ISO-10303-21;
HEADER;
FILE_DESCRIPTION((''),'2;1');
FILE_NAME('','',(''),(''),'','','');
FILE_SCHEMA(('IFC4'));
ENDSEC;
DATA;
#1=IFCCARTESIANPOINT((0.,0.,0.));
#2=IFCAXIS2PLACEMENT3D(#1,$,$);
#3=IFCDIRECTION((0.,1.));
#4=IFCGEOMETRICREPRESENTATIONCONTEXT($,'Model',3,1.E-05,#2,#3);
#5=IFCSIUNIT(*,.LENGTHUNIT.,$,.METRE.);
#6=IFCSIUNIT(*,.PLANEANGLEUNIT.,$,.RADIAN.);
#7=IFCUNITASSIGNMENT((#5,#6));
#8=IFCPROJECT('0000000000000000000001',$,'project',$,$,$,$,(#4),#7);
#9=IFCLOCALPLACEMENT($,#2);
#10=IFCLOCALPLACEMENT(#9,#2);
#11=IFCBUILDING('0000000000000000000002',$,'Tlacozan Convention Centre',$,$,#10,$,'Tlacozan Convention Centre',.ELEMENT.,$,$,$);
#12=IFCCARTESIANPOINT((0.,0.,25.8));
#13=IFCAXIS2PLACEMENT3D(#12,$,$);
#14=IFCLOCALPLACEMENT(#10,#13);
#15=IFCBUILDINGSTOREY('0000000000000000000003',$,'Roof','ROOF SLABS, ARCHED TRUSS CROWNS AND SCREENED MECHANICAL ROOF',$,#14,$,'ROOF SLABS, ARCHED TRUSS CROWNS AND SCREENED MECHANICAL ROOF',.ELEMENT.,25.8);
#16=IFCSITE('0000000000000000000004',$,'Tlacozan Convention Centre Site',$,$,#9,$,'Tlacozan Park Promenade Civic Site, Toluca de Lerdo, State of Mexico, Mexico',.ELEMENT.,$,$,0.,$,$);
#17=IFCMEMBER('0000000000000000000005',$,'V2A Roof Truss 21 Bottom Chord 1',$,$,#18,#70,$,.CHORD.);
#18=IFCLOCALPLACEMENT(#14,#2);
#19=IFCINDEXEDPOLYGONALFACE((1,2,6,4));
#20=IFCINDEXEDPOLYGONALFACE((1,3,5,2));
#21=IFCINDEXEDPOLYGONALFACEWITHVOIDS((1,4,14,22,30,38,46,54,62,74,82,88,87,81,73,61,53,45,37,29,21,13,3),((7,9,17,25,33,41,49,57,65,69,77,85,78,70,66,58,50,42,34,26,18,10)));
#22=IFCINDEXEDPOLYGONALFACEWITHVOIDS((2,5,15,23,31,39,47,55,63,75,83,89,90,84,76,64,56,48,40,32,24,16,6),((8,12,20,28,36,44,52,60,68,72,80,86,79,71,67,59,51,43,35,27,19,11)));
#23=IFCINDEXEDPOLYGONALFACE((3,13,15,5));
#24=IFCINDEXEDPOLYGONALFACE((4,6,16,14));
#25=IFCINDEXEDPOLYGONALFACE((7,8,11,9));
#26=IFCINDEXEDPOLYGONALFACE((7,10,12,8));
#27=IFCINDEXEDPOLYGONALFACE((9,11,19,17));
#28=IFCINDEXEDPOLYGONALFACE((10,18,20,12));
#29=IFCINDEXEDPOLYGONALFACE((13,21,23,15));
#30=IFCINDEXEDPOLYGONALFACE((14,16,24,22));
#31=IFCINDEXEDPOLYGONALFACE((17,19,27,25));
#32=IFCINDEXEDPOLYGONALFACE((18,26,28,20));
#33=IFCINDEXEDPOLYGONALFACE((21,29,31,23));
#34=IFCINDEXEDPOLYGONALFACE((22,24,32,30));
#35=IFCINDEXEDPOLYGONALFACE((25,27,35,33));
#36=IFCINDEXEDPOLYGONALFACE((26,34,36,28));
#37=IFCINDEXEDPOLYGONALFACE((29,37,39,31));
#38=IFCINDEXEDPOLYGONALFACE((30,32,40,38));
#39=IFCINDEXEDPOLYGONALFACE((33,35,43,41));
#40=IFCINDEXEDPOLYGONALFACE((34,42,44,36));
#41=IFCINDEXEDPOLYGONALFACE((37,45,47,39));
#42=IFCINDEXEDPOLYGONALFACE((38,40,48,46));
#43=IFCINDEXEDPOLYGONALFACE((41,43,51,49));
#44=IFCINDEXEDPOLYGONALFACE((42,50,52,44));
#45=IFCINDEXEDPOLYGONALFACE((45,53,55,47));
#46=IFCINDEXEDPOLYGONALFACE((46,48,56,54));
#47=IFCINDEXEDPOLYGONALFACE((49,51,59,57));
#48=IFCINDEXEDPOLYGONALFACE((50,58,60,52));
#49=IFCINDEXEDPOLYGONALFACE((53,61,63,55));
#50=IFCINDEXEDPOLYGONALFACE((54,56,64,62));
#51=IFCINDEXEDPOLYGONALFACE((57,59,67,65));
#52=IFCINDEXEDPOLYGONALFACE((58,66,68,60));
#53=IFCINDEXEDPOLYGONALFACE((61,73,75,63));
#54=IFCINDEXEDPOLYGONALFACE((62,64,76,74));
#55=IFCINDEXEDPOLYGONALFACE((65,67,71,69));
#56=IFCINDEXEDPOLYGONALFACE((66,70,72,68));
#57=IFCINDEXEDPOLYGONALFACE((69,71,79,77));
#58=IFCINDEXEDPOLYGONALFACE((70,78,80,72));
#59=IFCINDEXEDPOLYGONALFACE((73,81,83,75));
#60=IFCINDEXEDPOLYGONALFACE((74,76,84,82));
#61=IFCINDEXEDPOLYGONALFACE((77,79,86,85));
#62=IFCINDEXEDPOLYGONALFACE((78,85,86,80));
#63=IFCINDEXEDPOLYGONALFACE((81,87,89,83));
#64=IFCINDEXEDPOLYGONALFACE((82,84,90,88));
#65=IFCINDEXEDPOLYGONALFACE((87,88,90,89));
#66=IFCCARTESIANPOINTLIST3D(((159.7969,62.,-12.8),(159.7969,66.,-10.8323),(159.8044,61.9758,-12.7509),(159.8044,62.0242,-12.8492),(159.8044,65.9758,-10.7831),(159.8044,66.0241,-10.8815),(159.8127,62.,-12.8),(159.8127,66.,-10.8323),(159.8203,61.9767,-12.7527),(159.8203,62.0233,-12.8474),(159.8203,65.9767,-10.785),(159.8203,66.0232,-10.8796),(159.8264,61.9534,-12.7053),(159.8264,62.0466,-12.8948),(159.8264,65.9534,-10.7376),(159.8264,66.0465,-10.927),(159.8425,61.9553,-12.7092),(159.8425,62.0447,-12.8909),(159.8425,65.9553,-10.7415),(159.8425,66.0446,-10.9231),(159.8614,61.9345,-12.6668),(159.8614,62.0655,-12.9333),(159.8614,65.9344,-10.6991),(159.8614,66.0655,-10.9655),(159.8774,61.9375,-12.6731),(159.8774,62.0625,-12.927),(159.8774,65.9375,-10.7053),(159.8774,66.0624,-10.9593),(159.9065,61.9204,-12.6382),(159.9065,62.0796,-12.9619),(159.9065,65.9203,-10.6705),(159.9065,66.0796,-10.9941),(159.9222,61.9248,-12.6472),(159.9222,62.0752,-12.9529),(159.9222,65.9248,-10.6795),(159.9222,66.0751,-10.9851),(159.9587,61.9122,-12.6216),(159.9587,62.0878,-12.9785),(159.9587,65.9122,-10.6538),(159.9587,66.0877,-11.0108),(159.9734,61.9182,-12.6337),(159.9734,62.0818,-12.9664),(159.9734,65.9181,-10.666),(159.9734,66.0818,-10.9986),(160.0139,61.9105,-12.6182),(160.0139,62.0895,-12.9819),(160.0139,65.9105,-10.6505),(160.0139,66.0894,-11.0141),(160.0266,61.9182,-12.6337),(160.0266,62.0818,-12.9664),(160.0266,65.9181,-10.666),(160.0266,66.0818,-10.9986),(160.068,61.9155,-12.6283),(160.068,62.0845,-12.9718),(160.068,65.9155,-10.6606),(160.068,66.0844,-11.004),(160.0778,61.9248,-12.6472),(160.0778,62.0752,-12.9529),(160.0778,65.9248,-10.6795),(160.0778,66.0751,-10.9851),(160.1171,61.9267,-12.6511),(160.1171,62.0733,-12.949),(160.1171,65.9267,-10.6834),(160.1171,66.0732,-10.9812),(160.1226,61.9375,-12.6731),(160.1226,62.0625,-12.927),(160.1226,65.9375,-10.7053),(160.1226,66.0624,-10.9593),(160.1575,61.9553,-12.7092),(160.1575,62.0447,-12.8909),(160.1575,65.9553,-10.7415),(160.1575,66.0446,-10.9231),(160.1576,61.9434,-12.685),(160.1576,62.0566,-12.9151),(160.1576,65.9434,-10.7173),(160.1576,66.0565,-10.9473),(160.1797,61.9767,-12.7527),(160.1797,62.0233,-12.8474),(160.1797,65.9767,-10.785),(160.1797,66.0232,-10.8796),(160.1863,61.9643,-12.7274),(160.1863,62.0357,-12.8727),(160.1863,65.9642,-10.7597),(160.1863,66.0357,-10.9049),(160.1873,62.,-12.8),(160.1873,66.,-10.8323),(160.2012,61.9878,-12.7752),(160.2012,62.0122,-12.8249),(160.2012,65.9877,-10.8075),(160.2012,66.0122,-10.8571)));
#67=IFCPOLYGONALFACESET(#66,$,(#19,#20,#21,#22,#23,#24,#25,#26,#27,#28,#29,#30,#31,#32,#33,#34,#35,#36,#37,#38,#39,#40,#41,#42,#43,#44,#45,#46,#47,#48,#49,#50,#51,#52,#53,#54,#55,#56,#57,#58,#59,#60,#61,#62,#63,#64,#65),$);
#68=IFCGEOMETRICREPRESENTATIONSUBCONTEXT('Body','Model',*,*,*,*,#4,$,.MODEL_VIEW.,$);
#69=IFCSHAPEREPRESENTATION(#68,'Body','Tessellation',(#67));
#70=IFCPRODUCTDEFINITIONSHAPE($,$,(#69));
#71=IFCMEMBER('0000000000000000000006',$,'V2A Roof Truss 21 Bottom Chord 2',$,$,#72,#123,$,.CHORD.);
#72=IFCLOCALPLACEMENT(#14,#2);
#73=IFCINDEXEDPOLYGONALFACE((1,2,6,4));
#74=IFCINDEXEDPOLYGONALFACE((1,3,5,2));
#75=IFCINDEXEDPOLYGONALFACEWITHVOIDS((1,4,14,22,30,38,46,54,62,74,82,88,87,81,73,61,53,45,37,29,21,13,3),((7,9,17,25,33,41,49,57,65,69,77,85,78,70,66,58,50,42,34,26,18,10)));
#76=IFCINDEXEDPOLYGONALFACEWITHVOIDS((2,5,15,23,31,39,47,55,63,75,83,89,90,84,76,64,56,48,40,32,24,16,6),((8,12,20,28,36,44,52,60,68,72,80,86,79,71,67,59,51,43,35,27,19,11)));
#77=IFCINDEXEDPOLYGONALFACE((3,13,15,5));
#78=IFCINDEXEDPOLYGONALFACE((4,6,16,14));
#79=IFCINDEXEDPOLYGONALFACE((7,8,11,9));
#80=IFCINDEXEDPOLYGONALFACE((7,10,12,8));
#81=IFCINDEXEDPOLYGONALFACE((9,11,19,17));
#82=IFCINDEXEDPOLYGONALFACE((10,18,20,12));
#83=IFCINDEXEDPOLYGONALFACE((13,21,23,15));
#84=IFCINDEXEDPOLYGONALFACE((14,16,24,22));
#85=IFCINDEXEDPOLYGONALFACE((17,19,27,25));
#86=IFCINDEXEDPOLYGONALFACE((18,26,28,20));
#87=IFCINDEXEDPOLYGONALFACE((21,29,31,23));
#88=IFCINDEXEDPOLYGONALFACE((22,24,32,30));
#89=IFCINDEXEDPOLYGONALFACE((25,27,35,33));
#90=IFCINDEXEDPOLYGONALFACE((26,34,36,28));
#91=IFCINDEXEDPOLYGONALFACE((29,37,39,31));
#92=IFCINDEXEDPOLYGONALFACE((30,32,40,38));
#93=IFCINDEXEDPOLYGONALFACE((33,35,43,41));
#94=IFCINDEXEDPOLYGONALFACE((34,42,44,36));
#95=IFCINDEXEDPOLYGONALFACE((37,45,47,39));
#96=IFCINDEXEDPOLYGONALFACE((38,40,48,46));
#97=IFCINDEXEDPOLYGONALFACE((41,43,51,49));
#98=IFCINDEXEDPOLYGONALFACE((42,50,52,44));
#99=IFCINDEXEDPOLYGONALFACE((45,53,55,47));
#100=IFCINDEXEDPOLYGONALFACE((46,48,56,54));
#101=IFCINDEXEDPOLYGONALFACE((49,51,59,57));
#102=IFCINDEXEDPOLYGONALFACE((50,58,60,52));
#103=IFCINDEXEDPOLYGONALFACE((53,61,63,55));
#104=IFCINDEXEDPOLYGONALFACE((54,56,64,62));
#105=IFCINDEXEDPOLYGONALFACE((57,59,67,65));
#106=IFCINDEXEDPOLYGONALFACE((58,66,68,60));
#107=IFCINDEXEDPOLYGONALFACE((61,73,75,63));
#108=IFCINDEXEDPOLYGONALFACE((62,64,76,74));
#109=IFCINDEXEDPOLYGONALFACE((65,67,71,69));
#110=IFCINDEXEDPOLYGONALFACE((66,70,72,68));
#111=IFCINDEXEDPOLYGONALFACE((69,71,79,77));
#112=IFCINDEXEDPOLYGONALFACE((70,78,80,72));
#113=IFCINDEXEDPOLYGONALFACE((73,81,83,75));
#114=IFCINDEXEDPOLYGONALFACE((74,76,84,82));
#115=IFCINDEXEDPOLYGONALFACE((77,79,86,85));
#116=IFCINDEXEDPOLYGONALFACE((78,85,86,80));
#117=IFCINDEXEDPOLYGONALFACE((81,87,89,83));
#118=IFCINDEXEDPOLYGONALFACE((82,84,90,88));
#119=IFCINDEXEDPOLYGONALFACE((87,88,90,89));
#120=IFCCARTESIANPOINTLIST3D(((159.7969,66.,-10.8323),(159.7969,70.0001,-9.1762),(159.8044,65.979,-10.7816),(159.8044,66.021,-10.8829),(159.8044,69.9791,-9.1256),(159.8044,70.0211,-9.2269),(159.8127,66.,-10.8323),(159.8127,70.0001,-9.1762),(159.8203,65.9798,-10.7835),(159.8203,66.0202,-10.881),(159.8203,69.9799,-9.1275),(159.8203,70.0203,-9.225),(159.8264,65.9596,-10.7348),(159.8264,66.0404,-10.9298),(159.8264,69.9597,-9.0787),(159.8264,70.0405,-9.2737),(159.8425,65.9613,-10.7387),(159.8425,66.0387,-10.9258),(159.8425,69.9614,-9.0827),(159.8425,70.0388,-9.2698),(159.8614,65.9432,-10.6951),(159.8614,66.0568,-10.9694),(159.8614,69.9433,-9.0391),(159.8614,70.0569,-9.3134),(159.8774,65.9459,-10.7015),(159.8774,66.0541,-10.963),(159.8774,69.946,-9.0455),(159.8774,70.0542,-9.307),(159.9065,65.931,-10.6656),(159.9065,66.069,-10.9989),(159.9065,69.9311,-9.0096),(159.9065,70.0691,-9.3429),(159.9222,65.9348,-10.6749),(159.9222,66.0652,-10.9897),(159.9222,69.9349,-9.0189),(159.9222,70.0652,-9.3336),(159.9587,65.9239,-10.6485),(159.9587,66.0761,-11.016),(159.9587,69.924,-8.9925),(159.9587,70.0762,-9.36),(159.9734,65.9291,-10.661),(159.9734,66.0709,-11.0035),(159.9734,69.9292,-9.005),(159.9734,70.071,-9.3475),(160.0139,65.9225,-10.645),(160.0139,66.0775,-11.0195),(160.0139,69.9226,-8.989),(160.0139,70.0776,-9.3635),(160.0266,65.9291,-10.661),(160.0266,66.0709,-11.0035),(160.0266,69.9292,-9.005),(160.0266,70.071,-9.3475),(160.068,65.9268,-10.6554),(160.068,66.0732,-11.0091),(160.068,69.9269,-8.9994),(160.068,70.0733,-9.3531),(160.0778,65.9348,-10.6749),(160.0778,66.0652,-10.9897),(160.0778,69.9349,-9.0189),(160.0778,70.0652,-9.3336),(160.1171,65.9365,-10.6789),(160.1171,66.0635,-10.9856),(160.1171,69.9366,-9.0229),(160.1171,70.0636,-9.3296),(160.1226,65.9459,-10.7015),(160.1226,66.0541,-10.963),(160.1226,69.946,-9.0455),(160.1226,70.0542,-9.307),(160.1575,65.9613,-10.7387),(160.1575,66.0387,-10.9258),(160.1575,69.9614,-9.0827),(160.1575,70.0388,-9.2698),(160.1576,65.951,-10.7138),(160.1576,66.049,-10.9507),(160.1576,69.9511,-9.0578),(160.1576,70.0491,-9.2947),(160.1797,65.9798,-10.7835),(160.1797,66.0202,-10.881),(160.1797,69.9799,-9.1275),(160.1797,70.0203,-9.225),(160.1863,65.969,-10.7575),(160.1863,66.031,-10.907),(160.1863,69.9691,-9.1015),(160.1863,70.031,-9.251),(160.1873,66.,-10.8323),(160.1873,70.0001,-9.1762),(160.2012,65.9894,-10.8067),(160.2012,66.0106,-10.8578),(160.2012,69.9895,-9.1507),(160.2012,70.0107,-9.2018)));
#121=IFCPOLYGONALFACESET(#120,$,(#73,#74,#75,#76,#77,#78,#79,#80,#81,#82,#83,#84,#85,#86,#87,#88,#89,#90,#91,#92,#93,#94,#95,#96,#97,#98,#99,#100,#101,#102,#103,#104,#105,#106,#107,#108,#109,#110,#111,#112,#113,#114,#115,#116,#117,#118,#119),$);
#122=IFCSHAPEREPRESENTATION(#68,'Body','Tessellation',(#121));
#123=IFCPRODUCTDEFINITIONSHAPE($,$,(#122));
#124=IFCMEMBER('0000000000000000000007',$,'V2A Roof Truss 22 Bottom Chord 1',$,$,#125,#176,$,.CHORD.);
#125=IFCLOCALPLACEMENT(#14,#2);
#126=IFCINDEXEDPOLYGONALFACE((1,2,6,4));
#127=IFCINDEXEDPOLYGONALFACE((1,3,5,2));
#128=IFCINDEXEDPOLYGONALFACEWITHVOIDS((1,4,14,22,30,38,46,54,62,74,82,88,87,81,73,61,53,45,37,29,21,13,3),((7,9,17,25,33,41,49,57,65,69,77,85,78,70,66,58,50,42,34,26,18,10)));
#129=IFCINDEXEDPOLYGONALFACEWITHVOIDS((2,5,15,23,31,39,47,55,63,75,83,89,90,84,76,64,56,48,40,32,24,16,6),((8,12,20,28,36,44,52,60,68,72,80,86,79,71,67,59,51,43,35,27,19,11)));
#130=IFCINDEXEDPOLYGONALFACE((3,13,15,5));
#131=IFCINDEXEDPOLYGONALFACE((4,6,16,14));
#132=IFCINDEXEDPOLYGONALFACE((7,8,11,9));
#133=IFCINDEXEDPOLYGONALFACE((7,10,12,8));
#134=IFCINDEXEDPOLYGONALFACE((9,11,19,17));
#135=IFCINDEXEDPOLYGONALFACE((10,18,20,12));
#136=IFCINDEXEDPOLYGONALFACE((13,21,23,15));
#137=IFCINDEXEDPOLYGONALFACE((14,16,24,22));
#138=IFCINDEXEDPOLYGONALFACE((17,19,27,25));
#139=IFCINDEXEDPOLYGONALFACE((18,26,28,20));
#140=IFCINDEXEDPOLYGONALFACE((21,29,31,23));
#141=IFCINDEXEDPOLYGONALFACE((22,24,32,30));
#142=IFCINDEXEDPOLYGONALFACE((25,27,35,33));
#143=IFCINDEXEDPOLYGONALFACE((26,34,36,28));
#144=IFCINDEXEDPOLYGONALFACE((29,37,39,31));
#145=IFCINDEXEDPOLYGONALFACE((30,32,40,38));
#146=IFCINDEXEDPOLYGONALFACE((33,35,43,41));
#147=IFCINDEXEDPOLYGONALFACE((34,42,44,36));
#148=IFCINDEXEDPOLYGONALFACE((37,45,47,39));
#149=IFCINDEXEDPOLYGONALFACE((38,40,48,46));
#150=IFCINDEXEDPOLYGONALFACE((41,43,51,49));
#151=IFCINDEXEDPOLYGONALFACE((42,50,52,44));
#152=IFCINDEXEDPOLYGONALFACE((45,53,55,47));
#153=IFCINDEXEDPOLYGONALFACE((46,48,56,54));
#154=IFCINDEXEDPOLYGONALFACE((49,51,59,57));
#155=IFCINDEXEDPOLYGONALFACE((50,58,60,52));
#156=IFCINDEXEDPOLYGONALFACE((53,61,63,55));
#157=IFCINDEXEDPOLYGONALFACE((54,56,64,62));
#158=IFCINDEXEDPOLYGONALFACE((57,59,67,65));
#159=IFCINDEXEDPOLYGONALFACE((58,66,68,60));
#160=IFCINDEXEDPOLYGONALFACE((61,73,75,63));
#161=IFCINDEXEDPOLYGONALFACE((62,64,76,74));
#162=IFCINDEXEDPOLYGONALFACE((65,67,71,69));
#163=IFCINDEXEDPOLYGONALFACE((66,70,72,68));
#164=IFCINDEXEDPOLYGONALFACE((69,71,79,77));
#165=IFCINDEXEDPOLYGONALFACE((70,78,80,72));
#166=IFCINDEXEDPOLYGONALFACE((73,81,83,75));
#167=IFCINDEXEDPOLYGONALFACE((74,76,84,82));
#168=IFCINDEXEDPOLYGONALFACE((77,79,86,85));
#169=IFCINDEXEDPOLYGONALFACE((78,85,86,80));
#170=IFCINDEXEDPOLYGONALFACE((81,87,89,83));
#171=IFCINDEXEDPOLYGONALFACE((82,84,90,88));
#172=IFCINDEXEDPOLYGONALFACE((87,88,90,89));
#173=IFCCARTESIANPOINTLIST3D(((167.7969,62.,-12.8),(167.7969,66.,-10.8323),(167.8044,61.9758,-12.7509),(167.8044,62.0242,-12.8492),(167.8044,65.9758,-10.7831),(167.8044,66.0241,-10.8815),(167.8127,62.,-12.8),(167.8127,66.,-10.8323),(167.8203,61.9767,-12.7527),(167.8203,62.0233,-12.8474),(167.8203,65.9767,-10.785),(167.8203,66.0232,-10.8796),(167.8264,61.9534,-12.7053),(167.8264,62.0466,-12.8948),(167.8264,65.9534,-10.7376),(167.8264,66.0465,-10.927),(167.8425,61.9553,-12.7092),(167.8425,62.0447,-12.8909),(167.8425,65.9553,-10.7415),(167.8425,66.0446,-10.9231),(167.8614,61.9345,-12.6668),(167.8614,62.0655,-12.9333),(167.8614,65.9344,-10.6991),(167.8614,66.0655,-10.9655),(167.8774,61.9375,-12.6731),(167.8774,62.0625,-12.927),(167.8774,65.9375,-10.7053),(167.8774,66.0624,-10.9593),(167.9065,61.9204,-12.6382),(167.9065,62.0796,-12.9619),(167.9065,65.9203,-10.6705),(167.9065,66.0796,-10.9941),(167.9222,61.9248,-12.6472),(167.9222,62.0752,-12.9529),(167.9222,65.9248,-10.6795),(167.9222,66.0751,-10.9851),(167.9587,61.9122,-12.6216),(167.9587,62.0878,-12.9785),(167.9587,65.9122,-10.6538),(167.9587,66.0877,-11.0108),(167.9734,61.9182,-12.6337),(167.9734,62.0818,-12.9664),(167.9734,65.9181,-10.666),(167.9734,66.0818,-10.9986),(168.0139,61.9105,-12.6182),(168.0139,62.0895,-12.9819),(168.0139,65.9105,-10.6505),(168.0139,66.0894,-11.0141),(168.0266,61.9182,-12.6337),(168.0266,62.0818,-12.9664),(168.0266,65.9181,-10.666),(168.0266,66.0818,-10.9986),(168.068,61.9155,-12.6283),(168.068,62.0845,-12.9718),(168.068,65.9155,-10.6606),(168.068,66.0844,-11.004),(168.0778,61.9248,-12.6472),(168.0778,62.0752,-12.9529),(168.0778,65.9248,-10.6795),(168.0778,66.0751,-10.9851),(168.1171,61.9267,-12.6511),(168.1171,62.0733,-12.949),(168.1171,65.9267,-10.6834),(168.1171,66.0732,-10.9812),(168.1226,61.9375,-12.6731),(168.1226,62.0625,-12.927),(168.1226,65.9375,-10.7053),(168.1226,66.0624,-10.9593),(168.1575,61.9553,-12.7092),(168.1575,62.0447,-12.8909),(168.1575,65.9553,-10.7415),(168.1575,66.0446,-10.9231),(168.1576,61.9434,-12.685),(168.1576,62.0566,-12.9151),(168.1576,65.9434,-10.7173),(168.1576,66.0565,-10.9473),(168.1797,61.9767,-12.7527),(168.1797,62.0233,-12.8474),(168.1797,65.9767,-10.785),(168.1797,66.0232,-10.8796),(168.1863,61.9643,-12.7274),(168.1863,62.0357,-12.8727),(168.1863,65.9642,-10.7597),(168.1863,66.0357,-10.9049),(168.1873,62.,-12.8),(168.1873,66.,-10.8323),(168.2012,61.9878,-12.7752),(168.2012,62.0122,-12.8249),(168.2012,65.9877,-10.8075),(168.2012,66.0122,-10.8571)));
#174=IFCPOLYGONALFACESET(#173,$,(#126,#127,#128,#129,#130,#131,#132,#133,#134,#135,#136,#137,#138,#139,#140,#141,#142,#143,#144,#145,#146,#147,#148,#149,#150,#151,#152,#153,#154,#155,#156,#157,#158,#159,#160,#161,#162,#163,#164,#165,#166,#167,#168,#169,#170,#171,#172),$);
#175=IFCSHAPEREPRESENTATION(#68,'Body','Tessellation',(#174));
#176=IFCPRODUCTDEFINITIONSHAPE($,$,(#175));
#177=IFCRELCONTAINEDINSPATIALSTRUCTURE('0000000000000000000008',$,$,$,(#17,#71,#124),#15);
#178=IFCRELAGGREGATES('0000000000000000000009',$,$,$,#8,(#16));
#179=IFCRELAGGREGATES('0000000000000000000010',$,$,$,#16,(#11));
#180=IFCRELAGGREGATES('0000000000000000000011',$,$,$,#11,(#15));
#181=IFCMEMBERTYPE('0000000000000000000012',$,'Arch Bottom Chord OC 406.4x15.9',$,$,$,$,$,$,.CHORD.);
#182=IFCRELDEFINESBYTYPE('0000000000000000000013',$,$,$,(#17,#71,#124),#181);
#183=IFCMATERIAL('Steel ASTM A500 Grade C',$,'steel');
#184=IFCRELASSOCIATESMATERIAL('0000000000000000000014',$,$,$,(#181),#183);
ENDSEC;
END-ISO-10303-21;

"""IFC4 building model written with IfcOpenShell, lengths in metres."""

from ifc_helpers import new_model, si_unit, direction, frame, origin, origin_2d, place, context, subcontext, project, spatial, hollow_circle, extrude, material, material_profile, profile_set, type_object, element, save


model = new_model("IFC4")

# Units and contexts
model_context = context("Model", 3, precision=1e-05, world=origin(), true_north=direction((0.0, 1.0)))
body_context = subcontext(model_context, "Body", "Model", "MODEL_VIEW")
ifc_project = project(units=[si_unit("LENGTHUNIT", "METRE"), si_unit("PLANEANGLEUNIT", "RADIAN")], contexts=[model_context])

# Site, building, storey
site_placement = place(None, origin())
site = spatial("IfcSite", under=ifc_project, at=site_placement, Name="Tlacozan Convention Centre Site", LongName="Tlacozan Park Promenade Civic Site, Toluca de Lerdo, State of Mexico, Mexico", CompositionType="ELEMENT", RefElevation=0.0)
building_placement = place(site_placement, origin())
building = spatial("IfcBuilding", under=site, at=building_placement, Name="Tlacozan Convention Centre", LongName="Tlacozan Convention Centre", CompositionType="ELEMENT")
storey_placement = place(building_placement, frame((0.0, 0.0, 25.8)))
storey = spatial("IfcBuildingStorey", under=building, at=storey_placement, Name="Roof", Description="ROOF SLABS, ARCHED TRUSS CROWNS AND SCREENED MECHANICAL ROOF", LongName="ROOF SLABS, ARCHED TRUSS CROWNS AND SCREENED MECHANICAL ROOF", CompositionType="ELEMENT", Elevation=25.8)

# Members
ifc_material_1 = material(Name="Steel ASTM A500 Grade C", Category="steel")
ifc_material_profile_1 = material_profile(ifc_material_1, hollow_circle(Radius=0.2031, WallThickness=0.0159, at=origin_2d()), Name="OC 406.4x15.9")
ifc_profile_set_1 = profile_set([ifc_material_profile_1], Name="Steel ASTM A500 Grade C")
member_type_1 = type_object("IfcMemberType", Name="Arch Bottom Chord OC 406.4x15.9", PredefinedType="CHORD", material=ifc_profile_set_1)
member_1_placement = place(storey_placement, frame((160.0, 62.0, -12.8), z_axis=(0.0, 0.8973, 0.441421), x_axis=(-1.0, 0.0, 0.0)))
element("IfcMember", 1, at=member_1_placement, inside=storey, type_object=member_type_1, Name="V2A Roof Truss 21 Bottom Chord 1", PredefinedType="CHORD", context=body_context, shape_type="SweptSolid", body=[
    extrude(hollow_circle(Radius=0.2031, WallThickness=0.0159, at=origin_2d()), origin(), (0.0, 0.0, 1.0), 4.4578),
])
member_2_placement = place(storey_placement, frame((160.0, 66.0, -10.8323), z_axis=(0.0, 0.923949, 0.382516), x_axis=(-1.0, 0.0, 0.0)))
element("IfcMember", 2, at=member_2_placement, inside=storey, type_object=member_type_1, Name="V2A Roof Truss 21 Bottom Chord 2", PredefinedType="CHORD", context=body_context, shape_type="SweptSolid", body=[
    extrude(hollow_circle(Radius=0.2031, WallThickness=0.0159, at=origin_2d()), origin(), (0.0, 0.0, 1.0), 4.3293),
])
member_3_placement = place(storey_placement, frame((168.0, 62.0, -12.8), z_axis=(0.0, 0.8973, 0.441421), x_axis=(-1.0, 0.0, 0.0)))
element("IfcMember", 3, at=member_3_placement, inside=storey, type_object=member_type_1, Name="V2A Roof Truss 22 Bottom Chord 1", PredefinedType="CHORD", context=body_context, shape_type="SweptSolid", body=[
    extrude(hollow_circle(Radius=0.2031, WallThickness=0.0159, at=origin_2d()), origin(), (0.0, 0.0, 1.0), 4.4578),
])

save(model, "model.ifc")
